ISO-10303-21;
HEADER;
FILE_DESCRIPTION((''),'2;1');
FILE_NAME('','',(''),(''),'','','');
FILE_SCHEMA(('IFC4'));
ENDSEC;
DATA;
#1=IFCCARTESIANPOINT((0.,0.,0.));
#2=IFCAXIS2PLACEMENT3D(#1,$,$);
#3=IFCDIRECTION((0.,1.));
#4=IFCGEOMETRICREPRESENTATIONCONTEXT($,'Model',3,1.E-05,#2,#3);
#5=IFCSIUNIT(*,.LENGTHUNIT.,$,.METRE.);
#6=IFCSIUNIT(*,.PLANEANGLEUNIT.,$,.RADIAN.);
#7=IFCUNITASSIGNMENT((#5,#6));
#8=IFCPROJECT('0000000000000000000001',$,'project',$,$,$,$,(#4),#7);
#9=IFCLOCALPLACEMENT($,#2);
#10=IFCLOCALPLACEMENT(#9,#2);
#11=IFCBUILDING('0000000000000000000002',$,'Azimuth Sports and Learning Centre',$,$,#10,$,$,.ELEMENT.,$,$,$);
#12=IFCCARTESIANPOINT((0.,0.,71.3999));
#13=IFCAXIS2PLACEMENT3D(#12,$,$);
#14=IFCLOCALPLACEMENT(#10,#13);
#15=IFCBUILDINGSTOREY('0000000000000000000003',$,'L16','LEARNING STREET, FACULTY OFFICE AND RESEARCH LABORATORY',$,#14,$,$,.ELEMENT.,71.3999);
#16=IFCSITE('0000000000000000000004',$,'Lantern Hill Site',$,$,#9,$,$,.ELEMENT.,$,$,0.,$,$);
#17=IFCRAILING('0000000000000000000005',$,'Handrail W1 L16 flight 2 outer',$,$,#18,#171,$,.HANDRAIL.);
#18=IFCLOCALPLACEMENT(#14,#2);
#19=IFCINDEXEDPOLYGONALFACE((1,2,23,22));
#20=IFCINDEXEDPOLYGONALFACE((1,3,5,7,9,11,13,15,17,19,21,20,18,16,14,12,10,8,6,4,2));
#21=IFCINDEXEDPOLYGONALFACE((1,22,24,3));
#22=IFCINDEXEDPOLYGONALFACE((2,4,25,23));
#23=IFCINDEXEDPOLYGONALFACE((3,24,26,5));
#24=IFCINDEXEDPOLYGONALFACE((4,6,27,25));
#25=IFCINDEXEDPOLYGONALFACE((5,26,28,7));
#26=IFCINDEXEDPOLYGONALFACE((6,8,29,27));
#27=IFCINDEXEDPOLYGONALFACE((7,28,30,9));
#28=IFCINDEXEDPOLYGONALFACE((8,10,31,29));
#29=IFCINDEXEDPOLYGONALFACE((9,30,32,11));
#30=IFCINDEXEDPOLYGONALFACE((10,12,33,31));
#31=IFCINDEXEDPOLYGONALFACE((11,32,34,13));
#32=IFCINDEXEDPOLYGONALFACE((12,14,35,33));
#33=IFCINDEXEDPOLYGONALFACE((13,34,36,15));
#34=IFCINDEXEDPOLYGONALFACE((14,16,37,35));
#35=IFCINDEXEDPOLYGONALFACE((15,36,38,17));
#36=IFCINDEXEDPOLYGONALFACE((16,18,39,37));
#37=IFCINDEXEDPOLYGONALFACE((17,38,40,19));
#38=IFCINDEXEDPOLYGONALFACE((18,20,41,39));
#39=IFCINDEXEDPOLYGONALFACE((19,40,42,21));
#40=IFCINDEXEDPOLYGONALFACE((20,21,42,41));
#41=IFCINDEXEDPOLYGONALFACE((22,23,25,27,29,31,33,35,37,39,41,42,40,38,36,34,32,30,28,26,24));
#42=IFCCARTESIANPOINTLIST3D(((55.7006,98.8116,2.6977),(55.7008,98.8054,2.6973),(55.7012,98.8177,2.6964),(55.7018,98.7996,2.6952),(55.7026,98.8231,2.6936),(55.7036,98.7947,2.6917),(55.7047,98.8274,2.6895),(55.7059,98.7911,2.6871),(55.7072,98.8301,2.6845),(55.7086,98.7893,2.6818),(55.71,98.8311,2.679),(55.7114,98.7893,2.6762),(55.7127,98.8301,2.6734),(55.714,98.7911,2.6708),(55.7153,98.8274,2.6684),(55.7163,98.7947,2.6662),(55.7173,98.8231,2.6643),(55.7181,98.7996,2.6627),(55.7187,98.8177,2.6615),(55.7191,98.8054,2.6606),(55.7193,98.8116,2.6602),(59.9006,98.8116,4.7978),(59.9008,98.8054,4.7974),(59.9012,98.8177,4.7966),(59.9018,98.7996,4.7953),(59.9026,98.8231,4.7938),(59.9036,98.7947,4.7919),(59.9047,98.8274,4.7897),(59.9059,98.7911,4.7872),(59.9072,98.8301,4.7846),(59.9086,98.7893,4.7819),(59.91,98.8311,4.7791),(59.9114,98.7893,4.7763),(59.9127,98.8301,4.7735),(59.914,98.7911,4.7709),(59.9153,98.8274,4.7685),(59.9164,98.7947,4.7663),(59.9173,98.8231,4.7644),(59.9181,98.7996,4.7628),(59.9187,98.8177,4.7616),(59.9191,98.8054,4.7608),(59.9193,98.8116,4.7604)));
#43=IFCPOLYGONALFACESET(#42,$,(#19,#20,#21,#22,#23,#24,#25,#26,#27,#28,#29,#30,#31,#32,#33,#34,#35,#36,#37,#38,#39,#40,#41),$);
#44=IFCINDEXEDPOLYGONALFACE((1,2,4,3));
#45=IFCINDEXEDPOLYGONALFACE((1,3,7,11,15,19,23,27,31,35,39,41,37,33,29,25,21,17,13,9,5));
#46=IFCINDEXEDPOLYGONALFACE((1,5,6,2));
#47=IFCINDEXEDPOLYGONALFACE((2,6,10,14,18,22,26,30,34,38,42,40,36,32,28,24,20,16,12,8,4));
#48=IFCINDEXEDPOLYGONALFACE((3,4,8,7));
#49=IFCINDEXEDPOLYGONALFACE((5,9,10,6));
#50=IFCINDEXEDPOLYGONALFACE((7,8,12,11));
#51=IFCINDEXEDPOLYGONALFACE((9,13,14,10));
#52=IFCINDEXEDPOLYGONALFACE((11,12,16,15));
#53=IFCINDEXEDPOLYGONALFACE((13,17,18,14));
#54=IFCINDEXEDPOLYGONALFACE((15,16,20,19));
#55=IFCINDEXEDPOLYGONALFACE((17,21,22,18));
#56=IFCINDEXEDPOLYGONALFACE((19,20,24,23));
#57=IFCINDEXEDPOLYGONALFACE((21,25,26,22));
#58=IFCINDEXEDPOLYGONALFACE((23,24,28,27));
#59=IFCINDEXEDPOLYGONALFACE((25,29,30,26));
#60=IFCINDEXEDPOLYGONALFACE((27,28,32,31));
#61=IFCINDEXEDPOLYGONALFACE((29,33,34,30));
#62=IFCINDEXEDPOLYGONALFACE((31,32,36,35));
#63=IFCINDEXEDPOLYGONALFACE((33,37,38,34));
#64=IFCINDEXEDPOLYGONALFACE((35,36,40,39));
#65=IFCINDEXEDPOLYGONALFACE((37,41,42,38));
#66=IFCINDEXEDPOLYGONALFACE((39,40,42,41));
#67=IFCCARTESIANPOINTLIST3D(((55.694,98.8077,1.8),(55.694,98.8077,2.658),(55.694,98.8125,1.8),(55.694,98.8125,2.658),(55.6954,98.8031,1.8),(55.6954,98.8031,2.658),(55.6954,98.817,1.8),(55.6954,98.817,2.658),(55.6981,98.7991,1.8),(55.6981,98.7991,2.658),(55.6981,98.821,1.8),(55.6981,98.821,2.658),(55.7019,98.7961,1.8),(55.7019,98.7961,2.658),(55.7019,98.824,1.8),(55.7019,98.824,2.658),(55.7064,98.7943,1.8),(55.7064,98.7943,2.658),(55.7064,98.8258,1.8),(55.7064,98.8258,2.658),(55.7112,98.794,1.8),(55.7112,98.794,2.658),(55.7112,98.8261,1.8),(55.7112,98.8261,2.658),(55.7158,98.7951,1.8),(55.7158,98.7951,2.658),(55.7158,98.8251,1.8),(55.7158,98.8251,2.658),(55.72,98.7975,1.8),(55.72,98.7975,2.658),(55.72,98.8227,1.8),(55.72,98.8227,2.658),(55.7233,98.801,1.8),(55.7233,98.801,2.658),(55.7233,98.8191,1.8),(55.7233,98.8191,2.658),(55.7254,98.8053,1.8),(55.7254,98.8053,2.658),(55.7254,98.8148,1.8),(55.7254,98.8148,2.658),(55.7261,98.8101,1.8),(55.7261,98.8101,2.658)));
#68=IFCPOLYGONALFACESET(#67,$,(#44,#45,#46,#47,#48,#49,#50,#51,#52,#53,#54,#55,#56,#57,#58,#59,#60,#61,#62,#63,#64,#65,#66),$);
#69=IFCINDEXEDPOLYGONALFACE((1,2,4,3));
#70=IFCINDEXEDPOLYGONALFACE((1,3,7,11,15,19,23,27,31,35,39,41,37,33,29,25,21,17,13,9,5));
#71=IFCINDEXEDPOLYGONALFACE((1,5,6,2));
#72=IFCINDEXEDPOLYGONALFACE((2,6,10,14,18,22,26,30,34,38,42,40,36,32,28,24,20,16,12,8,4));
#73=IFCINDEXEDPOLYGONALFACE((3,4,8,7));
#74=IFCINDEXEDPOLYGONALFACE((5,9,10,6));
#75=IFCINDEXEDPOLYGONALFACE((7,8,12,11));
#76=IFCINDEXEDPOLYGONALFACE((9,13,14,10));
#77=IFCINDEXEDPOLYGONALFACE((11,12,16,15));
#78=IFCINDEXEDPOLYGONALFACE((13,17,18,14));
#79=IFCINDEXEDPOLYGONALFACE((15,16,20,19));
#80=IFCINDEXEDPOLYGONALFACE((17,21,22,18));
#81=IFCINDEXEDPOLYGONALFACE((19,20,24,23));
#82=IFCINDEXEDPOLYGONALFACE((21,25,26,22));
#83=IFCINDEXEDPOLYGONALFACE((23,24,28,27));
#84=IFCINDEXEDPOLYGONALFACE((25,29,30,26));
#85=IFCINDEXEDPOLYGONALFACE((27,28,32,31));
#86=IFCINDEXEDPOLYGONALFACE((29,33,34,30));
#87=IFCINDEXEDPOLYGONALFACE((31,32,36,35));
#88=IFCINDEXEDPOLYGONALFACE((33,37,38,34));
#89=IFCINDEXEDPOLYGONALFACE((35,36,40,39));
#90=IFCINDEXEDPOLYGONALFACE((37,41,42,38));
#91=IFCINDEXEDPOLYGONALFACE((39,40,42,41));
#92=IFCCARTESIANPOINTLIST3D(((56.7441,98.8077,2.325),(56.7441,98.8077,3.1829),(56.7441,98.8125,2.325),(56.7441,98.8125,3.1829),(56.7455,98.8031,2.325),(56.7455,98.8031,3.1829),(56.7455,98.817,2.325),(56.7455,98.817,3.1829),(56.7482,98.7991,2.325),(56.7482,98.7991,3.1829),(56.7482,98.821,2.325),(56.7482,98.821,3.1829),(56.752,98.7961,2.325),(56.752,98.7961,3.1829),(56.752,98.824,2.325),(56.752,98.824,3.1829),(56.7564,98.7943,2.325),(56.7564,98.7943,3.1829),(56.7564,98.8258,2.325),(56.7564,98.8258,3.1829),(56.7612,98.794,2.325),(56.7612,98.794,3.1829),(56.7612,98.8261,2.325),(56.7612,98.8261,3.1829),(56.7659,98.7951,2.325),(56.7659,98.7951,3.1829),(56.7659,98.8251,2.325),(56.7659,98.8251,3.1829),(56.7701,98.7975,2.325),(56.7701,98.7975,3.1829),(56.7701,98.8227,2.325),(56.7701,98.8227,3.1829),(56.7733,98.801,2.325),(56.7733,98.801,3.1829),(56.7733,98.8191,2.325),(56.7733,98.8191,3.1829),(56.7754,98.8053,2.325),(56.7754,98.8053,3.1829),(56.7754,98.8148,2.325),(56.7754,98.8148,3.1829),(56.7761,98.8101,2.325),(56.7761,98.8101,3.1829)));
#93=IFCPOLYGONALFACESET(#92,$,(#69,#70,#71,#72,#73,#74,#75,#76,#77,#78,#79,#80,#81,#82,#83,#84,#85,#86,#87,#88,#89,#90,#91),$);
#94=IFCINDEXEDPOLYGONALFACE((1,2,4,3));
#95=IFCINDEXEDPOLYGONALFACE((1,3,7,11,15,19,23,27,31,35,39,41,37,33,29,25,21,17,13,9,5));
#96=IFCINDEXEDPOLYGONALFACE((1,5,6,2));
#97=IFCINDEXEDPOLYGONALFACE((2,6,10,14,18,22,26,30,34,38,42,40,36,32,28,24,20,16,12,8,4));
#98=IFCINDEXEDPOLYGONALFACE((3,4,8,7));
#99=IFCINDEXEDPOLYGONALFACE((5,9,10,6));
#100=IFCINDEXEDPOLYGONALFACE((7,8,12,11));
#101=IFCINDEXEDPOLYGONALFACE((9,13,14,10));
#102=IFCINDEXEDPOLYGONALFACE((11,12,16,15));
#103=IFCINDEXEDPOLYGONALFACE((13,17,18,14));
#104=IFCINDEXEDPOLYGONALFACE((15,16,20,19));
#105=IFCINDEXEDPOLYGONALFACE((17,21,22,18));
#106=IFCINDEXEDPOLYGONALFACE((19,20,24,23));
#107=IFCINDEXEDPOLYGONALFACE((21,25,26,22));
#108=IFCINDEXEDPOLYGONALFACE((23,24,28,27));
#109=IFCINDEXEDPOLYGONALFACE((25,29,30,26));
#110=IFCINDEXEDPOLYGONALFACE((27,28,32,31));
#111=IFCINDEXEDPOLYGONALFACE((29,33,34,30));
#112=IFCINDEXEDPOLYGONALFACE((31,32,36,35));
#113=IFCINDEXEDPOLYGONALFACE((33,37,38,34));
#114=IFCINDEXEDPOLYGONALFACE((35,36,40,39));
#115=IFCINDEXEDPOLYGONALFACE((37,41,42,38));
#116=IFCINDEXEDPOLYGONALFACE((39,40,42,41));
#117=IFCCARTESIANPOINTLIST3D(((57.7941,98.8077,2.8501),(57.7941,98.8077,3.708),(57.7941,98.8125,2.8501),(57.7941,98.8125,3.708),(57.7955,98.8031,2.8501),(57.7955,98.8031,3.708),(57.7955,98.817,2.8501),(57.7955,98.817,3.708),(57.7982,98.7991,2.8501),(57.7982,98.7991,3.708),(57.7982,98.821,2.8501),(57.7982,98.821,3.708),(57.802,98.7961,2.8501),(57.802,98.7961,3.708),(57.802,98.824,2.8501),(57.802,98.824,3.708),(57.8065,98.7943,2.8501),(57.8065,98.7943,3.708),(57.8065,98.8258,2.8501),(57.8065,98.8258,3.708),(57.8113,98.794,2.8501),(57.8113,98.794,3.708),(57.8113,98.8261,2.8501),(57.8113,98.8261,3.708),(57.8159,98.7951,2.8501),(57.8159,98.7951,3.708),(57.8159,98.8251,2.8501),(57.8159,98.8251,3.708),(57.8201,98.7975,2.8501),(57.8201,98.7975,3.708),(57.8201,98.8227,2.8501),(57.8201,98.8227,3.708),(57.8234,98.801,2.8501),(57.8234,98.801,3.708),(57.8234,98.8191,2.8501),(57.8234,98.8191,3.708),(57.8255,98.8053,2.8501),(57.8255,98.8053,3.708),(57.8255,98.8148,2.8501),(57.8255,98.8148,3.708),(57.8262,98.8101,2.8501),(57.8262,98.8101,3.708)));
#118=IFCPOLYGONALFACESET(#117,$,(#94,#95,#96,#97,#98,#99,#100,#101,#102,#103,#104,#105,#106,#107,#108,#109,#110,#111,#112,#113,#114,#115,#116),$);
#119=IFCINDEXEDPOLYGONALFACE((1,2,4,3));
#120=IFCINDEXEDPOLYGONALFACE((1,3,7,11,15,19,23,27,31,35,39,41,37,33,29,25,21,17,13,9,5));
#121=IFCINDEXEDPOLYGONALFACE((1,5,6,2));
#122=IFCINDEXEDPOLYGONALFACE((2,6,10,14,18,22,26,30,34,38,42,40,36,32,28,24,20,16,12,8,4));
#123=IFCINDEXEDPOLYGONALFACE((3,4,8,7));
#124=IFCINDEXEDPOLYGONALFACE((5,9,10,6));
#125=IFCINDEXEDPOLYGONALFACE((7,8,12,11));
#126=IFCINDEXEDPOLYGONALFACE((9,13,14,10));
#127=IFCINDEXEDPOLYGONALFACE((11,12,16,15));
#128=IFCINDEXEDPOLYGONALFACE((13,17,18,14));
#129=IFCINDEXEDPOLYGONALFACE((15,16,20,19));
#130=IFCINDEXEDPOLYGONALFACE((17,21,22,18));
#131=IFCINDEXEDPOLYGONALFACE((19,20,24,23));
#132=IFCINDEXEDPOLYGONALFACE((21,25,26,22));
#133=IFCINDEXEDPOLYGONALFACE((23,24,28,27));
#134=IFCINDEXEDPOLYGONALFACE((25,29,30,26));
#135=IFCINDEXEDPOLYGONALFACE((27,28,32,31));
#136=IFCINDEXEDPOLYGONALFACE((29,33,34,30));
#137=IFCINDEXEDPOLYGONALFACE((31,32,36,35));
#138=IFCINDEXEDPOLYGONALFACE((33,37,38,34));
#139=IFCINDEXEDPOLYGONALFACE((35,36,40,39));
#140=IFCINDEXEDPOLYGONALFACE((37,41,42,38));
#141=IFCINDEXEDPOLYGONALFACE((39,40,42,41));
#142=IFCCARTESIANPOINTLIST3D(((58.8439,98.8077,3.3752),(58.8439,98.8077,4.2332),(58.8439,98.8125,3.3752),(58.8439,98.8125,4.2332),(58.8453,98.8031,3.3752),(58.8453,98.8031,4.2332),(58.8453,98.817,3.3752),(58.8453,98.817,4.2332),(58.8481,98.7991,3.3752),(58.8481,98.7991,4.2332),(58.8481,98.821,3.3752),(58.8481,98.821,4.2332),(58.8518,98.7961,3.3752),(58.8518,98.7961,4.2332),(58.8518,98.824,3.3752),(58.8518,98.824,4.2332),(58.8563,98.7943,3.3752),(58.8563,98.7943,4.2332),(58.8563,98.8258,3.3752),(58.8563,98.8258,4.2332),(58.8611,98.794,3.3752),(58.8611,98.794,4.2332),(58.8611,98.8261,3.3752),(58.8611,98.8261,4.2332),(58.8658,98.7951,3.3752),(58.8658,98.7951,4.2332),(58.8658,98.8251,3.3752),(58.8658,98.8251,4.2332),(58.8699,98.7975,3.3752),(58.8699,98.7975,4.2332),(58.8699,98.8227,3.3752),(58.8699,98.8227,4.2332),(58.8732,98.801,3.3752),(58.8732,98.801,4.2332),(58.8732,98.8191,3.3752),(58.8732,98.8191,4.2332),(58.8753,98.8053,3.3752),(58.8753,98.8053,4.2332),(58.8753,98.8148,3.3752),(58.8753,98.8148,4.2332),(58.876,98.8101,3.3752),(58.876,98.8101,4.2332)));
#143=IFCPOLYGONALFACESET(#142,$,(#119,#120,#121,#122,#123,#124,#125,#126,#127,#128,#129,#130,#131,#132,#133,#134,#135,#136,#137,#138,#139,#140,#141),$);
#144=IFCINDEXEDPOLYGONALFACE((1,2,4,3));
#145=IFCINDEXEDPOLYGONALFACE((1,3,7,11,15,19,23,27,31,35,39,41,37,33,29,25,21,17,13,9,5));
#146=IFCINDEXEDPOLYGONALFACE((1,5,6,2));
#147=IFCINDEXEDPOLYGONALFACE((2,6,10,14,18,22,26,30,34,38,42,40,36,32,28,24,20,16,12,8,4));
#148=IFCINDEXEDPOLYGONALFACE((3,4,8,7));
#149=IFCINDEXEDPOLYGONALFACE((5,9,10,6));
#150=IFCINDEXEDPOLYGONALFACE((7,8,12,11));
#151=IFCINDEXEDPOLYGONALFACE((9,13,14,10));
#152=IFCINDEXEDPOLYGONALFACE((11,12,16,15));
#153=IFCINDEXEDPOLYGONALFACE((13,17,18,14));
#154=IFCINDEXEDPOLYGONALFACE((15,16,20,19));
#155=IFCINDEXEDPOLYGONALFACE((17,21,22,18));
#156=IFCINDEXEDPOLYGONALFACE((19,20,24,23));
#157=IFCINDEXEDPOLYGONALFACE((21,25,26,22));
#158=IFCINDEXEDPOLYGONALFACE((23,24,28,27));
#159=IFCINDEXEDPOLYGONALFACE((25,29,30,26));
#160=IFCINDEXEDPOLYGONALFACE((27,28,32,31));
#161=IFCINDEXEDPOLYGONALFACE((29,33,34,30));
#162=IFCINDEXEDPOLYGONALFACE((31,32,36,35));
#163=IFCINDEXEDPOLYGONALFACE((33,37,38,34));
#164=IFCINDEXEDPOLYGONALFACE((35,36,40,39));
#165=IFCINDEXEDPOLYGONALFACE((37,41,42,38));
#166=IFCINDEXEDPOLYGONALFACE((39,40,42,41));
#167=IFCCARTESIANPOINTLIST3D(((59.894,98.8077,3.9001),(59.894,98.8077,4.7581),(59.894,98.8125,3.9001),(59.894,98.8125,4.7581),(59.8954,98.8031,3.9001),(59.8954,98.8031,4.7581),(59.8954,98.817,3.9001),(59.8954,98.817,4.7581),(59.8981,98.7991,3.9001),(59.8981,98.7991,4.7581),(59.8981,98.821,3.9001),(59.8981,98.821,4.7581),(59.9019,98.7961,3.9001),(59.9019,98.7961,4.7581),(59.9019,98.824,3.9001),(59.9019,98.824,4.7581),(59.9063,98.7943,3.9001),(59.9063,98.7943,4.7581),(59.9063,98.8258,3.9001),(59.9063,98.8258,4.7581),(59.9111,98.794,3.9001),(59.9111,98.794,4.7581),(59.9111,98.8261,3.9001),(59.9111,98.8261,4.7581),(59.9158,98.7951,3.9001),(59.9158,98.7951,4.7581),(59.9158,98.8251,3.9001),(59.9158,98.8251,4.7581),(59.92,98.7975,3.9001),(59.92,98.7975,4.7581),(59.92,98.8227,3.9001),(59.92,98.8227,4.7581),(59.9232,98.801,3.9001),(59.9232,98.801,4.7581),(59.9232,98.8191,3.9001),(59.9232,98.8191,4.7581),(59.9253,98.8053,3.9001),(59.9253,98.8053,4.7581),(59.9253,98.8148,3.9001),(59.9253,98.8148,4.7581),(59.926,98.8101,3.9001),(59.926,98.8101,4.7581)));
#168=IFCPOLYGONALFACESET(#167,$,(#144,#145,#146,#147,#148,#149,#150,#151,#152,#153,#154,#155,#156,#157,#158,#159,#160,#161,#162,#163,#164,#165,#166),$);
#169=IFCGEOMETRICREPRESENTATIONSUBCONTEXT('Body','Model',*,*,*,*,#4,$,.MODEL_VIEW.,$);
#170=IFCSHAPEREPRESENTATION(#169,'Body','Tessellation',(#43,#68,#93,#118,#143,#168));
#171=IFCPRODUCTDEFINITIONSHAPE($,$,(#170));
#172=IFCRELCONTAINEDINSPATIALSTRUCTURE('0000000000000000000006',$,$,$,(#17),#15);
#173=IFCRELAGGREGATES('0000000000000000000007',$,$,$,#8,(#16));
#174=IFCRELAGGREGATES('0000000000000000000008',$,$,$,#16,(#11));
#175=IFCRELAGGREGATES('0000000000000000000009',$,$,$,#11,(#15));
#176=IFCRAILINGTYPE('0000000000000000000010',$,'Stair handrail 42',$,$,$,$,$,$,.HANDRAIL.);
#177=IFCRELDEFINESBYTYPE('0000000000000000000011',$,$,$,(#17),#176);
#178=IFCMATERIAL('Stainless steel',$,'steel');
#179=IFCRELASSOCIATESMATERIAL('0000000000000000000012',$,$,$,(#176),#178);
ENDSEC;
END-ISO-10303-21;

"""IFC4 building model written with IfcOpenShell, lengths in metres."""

from ifc_helpers import new_model, si_unit, direction, frame, origin, origin_2d, place, context, subcontext, project, spatial, circle, extrude, material, type_object, element, save


model = new_model("IFC4")

# Units and contexts
model_context = context("Model", 3, precision=1e-05, world=origin(), true_north=direction((0.0, 1.0)))
body_context = subcontext(model_context, "Body", "Model", "MODEL_VIEW")
ifc_project = project(units=[si_unit("LENGTHUNIT", "METRE"), si_unit("PLANEANGLEUNIT", "RADIAN")], contexts=[model_context])

# Site, building, storey
site_placement = place(None, origin())
site = spatial("IfcSite", under=ifc_project, at=site_placement, Name="Lantern Hill Site", CompositionType="ELEMENT", RefElevation=0.0)
building_placement = place(site_placement, origin())
building = spatial("IfcBuilding", under=site, at=building_placement, Name="Azimuth Sports and Learning Centre", CompositionType="ELEMENT")
storey_placement = place(building_placement, frame((0.0, 0.0, 71.3999)))
storey = spatial("IfcBuildingStorey", under=building, at=storey_placement, Name="L16", Description="LEARNING STREET, FACULTY OFFICE AND RESEARCH LABORATORY", CompositionType="ELEMENT", Elevation=71.3999)

# Railing
ifc_material_1 = material(Name="Stainless steel", Category="steel")
railing_type_1 = type_object("IfcRailingType", Name="Stair handrail 42", PredefinedType="HANDRAIL", material=ifc_material_1)
for number, where, name in (
    (1, (55.71, 98.8101, 1.8), "Handrail W1 L16 flight 2 outer"),
):
    element("IfcRailing", number, at=place(storey_placement, frame(where)), inside=storey, type_object=railing_type_1, Name=name, PredefinedType="HANDRAIL", context=body_context, shape_type="SweptSolid", body=[
        extrude(circle(Radius=0.021, at=origin_2d()), frame((0.0, 0.0, 0.8789), z_axis=(0.894417, 0.0, 0.447234), x_axis=(0.0, 1.0, 0.0)), (0.0, 0.0, 1.0), 4.6958),
        extrude(circle(Radius=0.0161, at=origin_2d()), origin(), (0.0, 0.0, 1.0), 0.8579),
        extrude(circle(Radius=0.0161, at=origin_2d()), frame((1.05, 0.0, 0.5249)), (0.0, 0.0, 1.0), 0.8579),
        extrude(circle(Radius=0.0161, at=origin_2d()), frame((2.1001, 0.0, 1.05)), (0.0, 0.0, 1.0), 0.8579),
        extrude(circle(Radius=0.0161, at=origin_2d()), frame((3.1499, 0.0, 1.5752)), (0.0, 0.0, 1.0), 0.8579),
        extrude(circle(Radius=0.0161, at=origin_2d()), frame((4.2, 0.0, 2.1001)), (0.0, 0.0, 1.0), 0.8579),
    ])

save(model, "model.ifc")
